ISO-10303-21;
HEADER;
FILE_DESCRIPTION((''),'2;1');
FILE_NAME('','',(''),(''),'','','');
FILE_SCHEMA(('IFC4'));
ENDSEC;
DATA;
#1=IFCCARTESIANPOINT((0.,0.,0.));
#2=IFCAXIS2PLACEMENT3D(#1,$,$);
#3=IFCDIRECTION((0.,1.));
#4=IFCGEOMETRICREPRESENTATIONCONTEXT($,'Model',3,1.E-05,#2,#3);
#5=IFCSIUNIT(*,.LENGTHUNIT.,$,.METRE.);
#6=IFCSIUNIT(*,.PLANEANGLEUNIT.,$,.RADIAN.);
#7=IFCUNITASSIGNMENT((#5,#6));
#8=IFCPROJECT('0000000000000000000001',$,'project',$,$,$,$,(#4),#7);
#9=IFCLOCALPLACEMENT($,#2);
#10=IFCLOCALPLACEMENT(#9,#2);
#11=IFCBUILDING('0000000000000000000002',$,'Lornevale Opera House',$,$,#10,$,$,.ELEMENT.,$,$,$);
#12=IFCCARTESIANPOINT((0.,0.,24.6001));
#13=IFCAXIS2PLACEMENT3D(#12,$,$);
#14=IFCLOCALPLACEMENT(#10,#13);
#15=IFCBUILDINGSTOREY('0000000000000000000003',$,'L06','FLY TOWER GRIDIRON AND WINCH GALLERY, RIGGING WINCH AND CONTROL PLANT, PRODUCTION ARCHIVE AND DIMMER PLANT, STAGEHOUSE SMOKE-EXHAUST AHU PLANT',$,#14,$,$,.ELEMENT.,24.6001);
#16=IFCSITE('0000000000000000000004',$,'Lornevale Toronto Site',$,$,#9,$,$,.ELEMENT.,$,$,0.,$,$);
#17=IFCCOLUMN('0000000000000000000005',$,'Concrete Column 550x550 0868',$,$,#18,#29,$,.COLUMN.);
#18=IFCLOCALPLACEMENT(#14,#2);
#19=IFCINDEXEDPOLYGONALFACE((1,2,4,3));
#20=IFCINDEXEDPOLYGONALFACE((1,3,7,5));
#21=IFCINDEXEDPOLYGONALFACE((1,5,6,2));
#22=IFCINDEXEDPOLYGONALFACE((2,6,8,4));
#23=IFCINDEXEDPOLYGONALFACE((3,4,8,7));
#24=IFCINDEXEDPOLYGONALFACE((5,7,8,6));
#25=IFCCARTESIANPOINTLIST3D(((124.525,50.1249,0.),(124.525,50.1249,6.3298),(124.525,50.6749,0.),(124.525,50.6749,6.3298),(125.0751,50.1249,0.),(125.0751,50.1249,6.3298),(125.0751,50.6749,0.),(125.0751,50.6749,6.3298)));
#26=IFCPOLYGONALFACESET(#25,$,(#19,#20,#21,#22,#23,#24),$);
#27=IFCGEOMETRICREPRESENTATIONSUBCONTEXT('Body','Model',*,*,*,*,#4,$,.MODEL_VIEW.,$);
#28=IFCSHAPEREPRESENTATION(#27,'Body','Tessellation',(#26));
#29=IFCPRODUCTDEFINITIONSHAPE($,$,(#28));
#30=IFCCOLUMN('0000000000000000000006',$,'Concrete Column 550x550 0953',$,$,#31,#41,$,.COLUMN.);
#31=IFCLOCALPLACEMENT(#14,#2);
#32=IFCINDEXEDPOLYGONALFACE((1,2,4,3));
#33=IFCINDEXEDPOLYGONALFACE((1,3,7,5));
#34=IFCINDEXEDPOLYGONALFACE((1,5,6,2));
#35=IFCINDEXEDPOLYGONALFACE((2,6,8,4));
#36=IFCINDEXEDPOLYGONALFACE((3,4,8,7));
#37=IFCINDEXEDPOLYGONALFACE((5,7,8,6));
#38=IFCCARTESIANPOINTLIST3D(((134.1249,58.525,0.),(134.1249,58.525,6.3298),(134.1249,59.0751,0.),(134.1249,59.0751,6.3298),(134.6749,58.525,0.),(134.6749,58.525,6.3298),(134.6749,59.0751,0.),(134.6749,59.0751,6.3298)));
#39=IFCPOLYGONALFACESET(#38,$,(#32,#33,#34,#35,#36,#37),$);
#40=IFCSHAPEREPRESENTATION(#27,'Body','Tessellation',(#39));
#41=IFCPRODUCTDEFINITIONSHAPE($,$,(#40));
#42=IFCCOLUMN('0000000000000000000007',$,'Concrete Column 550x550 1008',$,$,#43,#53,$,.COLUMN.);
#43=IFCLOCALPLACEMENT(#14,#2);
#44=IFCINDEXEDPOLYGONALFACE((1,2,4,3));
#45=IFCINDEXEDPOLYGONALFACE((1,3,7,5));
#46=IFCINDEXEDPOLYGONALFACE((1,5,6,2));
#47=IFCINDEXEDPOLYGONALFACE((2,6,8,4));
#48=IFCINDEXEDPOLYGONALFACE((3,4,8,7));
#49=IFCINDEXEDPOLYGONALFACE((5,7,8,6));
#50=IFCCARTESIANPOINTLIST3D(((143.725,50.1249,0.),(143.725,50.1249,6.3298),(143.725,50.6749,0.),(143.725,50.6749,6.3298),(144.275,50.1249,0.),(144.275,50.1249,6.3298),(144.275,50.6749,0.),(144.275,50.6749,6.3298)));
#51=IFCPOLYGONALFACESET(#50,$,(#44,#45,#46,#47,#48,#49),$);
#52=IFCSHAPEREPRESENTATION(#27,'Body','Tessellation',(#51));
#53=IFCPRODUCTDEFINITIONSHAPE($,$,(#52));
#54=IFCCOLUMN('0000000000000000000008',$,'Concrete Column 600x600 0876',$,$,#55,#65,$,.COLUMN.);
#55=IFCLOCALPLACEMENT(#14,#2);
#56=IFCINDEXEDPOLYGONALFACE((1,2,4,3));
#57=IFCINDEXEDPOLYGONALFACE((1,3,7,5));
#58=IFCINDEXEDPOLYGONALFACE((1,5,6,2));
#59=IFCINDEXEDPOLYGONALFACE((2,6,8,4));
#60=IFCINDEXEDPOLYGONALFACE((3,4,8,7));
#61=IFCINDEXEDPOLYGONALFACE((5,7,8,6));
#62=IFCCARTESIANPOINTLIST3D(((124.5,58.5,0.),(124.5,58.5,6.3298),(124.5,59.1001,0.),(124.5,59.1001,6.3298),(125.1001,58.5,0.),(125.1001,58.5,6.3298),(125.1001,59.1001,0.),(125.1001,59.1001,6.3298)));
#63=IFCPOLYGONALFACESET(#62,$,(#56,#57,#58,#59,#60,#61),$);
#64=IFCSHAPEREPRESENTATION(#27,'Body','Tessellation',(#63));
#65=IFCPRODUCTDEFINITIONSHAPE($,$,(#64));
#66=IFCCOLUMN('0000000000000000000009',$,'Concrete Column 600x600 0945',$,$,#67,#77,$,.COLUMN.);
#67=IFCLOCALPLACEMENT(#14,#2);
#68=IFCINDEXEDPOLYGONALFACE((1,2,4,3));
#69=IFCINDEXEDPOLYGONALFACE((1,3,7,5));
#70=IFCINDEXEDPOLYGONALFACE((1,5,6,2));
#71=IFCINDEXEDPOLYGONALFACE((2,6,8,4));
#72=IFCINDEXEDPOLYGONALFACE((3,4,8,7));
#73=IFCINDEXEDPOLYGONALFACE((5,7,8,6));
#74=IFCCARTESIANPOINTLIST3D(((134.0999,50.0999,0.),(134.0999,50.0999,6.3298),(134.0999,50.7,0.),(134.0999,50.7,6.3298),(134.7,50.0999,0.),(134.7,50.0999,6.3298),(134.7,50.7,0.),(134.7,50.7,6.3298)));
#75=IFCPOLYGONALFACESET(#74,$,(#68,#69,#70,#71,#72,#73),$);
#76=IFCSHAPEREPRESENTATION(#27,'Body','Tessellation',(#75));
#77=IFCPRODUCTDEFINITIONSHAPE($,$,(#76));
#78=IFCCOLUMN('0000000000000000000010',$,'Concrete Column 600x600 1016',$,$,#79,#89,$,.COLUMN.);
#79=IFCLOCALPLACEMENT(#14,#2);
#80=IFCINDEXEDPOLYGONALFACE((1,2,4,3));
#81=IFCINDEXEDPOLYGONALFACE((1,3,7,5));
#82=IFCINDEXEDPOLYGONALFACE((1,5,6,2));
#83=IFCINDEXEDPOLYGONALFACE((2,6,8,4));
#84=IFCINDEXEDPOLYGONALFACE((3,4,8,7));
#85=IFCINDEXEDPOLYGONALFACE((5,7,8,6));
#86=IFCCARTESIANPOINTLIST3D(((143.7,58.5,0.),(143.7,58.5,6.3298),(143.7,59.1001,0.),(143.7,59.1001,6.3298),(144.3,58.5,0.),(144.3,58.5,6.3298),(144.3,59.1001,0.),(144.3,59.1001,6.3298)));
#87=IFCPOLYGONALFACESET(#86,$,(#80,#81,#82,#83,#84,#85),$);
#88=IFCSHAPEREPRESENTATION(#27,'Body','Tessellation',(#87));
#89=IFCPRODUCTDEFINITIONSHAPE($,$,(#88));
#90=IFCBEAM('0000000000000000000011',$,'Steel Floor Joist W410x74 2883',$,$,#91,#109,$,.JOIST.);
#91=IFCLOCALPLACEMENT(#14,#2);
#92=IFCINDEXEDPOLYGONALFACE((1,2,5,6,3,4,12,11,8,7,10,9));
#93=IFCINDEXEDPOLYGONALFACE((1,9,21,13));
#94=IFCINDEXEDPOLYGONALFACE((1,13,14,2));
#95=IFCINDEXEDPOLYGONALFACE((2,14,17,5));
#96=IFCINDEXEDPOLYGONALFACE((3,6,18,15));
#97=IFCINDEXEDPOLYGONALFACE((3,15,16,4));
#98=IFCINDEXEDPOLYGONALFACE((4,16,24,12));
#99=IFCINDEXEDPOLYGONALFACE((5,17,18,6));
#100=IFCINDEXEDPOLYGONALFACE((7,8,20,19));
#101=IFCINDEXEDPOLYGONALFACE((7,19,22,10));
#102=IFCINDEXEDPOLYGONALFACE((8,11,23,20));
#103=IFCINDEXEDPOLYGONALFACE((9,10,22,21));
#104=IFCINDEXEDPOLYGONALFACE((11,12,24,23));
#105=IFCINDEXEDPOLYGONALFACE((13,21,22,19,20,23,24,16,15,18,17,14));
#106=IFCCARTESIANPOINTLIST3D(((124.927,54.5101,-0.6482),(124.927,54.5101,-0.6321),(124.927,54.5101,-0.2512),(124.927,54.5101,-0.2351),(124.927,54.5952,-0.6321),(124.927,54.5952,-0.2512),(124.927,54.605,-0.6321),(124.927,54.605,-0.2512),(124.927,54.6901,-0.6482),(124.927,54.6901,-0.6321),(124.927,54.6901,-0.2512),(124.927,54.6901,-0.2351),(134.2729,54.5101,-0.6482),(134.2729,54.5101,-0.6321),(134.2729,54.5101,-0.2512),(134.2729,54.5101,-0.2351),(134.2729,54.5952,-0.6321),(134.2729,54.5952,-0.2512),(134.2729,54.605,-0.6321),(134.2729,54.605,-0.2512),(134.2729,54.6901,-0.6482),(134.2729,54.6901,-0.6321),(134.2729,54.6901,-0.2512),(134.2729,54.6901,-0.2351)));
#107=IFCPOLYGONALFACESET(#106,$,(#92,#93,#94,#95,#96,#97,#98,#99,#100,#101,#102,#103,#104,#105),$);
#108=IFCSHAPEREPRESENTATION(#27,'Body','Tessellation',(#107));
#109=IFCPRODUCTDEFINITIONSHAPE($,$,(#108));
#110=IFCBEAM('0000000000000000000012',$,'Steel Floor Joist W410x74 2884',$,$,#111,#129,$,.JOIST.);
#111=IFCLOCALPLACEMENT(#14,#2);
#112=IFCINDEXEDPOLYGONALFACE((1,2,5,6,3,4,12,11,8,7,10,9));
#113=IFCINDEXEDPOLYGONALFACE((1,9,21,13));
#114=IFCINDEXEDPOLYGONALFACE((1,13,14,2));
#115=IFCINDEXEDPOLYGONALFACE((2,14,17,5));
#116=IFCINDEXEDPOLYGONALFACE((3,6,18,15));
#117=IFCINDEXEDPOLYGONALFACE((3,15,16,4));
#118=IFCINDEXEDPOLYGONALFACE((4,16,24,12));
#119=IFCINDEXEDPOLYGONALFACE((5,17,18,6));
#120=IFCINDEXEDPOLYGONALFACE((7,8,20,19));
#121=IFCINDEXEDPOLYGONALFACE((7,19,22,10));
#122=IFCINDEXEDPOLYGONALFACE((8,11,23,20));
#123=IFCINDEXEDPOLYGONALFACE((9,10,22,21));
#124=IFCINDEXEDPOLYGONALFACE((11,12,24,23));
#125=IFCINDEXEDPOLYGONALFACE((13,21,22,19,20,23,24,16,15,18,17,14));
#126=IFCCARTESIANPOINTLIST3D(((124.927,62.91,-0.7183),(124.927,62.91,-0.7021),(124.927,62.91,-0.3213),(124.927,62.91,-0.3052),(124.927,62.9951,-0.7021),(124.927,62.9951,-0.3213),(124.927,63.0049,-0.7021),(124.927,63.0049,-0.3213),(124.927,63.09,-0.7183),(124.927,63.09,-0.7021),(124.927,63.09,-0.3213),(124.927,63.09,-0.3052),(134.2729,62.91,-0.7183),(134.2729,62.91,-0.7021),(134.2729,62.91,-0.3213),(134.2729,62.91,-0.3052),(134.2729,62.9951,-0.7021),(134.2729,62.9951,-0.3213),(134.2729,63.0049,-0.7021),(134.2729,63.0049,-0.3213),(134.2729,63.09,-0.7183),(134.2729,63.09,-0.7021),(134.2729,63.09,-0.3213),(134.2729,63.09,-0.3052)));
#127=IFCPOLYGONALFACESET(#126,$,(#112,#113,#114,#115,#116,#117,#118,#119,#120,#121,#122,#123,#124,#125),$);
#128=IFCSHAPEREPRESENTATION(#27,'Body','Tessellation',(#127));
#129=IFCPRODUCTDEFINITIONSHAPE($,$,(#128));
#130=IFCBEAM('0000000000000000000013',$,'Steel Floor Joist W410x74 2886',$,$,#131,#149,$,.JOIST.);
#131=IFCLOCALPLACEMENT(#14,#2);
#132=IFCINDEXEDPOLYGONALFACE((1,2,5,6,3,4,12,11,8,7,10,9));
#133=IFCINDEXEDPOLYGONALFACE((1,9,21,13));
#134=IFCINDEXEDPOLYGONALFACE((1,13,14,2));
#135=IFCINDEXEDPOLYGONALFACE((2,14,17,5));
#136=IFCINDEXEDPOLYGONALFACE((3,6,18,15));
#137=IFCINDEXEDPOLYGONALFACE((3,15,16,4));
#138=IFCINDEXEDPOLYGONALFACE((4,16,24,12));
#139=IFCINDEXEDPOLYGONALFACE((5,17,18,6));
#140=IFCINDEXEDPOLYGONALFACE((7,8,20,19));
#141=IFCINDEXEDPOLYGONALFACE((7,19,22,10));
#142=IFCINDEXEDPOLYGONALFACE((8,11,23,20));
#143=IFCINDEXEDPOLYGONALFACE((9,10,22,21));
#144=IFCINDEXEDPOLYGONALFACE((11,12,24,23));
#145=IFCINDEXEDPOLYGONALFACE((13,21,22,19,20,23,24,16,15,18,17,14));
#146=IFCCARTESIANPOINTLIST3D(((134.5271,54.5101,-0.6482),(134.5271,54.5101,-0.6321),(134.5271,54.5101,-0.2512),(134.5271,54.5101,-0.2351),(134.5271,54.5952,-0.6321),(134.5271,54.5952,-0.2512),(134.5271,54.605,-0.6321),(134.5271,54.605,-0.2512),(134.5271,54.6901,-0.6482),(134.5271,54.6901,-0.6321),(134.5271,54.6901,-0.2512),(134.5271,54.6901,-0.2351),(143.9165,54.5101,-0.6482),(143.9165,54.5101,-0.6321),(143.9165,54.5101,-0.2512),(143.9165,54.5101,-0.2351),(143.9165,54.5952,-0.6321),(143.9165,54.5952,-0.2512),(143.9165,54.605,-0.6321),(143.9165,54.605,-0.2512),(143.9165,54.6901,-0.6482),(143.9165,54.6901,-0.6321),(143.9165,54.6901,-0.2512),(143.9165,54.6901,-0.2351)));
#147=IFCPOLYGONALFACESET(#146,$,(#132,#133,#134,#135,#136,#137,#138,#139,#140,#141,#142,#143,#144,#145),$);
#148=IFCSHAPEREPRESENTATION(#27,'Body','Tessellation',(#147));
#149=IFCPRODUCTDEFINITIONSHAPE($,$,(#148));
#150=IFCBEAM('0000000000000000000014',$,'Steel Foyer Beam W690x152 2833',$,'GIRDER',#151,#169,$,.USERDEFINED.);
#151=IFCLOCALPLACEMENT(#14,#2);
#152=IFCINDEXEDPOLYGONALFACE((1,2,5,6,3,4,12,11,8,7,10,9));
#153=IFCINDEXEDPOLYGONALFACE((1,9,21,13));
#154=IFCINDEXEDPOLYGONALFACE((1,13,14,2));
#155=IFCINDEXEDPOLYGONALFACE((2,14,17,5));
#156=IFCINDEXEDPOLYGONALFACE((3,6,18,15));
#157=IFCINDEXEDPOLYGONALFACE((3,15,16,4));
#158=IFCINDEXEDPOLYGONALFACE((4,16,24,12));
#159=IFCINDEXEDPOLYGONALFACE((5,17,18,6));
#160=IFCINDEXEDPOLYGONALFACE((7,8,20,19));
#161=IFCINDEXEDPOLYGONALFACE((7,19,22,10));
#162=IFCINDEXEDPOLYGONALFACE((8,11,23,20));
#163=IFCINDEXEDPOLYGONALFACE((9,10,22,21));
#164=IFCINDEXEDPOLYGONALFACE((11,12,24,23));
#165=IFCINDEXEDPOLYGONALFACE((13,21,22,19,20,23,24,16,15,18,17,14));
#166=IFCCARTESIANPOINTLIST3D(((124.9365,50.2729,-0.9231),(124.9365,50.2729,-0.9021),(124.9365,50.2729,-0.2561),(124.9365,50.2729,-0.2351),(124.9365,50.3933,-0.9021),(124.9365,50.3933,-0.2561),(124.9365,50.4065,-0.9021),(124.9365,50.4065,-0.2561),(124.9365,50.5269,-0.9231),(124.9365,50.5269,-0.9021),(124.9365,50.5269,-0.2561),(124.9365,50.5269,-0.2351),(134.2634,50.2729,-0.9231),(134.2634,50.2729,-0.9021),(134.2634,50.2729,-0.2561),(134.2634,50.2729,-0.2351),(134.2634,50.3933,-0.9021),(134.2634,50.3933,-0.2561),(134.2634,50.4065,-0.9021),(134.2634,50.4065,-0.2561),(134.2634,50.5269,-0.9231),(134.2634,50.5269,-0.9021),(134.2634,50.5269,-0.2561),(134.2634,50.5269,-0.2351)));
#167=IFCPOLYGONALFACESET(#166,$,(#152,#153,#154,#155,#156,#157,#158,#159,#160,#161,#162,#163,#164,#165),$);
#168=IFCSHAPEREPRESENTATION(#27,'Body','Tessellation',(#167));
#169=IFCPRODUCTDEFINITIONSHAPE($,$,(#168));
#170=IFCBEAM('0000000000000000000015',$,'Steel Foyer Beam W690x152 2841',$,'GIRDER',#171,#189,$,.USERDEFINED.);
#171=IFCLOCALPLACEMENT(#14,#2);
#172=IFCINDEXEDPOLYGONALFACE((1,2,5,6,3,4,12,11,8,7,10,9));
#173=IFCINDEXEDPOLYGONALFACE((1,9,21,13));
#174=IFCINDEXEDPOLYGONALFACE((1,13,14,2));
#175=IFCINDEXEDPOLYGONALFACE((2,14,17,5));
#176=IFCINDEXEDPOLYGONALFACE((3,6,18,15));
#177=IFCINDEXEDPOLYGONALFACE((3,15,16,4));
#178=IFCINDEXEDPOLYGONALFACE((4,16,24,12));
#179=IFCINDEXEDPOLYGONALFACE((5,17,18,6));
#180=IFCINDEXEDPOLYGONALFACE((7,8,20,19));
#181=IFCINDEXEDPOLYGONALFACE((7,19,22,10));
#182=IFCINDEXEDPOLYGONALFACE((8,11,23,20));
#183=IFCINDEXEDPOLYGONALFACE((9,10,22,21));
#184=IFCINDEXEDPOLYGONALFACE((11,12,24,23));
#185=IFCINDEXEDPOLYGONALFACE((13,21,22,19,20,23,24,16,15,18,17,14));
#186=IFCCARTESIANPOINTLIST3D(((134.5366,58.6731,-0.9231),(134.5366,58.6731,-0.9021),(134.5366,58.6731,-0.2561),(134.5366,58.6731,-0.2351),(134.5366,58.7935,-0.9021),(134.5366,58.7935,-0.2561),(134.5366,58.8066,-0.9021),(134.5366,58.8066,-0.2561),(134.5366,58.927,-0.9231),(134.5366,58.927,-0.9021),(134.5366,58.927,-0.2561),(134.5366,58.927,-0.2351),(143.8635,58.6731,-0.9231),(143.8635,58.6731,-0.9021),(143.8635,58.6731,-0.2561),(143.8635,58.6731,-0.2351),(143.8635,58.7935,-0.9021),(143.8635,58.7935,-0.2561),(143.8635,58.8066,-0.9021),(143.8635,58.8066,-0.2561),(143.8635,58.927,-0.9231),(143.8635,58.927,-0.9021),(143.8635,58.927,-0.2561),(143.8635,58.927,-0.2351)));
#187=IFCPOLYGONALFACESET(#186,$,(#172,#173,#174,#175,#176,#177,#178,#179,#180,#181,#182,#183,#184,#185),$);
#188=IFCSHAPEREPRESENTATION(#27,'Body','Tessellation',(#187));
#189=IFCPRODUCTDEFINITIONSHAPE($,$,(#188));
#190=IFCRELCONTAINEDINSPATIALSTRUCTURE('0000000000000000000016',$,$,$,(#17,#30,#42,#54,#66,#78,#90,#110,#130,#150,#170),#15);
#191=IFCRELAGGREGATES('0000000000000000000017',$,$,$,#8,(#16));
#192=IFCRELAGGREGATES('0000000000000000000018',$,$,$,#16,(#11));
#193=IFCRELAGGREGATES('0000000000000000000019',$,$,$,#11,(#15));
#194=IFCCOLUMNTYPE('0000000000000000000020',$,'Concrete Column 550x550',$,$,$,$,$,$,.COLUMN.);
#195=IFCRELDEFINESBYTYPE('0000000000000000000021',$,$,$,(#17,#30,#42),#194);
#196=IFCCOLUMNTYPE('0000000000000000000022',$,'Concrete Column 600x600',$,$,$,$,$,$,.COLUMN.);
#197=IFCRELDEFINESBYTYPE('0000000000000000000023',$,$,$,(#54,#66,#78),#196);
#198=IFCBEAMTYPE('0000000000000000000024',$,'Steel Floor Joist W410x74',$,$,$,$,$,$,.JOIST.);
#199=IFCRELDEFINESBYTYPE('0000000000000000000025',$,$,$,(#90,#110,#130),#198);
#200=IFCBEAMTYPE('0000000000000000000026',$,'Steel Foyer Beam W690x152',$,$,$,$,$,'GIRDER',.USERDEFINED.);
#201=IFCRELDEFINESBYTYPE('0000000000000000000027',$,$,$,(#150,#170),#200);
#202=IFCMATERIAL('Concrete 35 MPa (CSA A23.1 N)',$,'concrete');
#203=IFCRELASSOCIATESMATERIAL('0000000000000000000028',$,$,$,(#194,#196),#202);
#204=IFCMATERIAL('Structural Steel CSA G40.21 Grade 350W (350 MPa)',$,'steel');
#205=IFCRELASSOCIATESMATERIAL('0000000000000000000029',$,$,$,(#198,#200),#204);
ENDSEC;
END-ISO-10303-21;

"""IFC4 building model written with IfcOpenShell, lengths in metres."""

from ifc_helpers import new_model, si_unit, direction, frame, origin, origin_2d, place, context, subcontext, project, spatial, rectangle, i_section, extrude, material, material_profile, profile_set, type_object, element, save


model = new_model("IFC4")

# Units and contexts
model_context = context("Model", 3, precision=1e-05, world=origin(), true_north=direction((0.0, 1.0)))
body_context = subcontext(model_context, "Body", "Model", "MODEL_VIEW")
ifc_project = project(units=[si_unit("LENGTHUNIT", "METRE"), si_unit("PLANEANGLEUNIT", "RADIAN")], contexts=[model_context])

# Site, building, storey
site_placement = place(None, origin())
site = spatial("IfcSite", under=ifc_project, at=site_placement, Name="Lornevale Toronto Site", CompositionType="ELEMENT", RefElevation=0.0)
building_placement = place(site_placement, origin())
building = spatial("IfcBuilding", under=site, at=building_placement, Name="Lornevale Opera House", CompositionType="ELEMENT")
storey_placement = place(building_placement, frame((0.0, 0.0, 24.6001)))
storey = spatial("IfcBuildingStorey", under=building, at=storey_placement, Name="L06", Description="FLY TOWER GRIDIRON AND WINCH GALLERY, RIGGING WINCH AND CONTROL PLANT, PRODUCTION ARCHIVE AND DIMMER PLANT, STAGEHOUSE SMOKE-EXHAUST AHU PLANT", CompositionType="ELEMENT", Elevation=24.6001)

# Columns
ifc_material_1 = material(Name="Concrete 35 MPa (CSA A23.1 N)", Category="concrete")
ifc_material_profile_1 = material_profile(ifc_material_1, rectangle(XDim=0.55, YDim=0.55, at=origin_2d()), Name="RC550x550")
ifc_profile_set_1 = profile_set([ifc_material_profile_1], Name="Concrete 35 MPa (CSA A23.1 N)")
column_type_1 = type_object("IfcColumnType", Name="Concrete Column 550x550", PredefinedType="COLUMN", material=ifc_profile_set_1)
for number, where, z_axis, x_axis, name in (
    (1, (124.8, 50.3999, 0.0), (0.0, 0.0, 1.0), (1.0, 0.0, 0.0), "Concrete Column 550x550 0868"),
    (2, (134.3999, 58.8, 0.0), (0.0, 0.0, 1.0), (1.0, 0.0, 0.0), "Concrete Column 550x550 0953"),
    (3, (144.0, 50.3999, 0.0), (0.0, 0.0, 1.0), (1.0, 0.0, 0.0), "Concrete Column 550x550 1008"),
):
    element("IfcColumn", number, at=place(storey_placement, frame(where, z_axis=z_axis, x_axis=x_axis)), inside=storey, type_object=column_type_1, Name=name, PredefinedType="COLUMN", context=body_context, shape_type="SweptSolid", body=[
        extrude(rectangle(XDim=0.55, YDim=0.55, at=origin_2d()), origin(), (0.0, 0.0, 1.0), 6.3298),
    ])
ifc_material_profile_2 = material_profile(ifc_material_1, rectangle(XDim=0.6001, YDim=0.6001, at=origin_2d()), Name="RC600x600")
ifc_profile_set_2 = profile_set([ifc_material_profile_2], Name="Concrete 35 MPa (CSA A23.1 N)")
column_type_2 = type_object("IfcColumnType", Name="Concrete Column 600x600", PredefinedType="COLUMN", material=ifc_profile_set_2)
for number, where, z_axis, x_axis, name in (
    (4, (124.8, 58.8, 0.0), (0.0, 0.0, 1.0), (1.0, 0.0, 0.0), "Concrete Column 600x600 0876"),
    (5, (134.3999, 50.3999, 0.0), (0.0, 0.0, 1.0), (1.0, 0.0, 0.0), "Concrete Column 600x600 0945"),
    (6, (144.0, 58.8, 0.0), (0.0, 0.0, 1.0), (1.0, 0.0, 0.0), "Concrete Column 600x600 1016"),
):
    element("IfcColumn", number, at=place(storey_placement, frame(where, z_axis=z_axis, x_axis=x_axis)), inside=storey, type_object=column_type_2, Name=name, PredefinedType="COLUMN", context=body_context, shape_type="SweptSolid", body=[
        extrude(rectangle(XDim=0.6001, YDim=0.6001, at=origin_2d()), origin(), (0.0, 0.0, 1.0), 6.3298),
    ])

# Beams
ifc_material_2 = material(Name="Structural Steel CSA G40.21 Grade 350W (350 MPa)", Category="steel")
ifc_material_profile_3 = material_profile(ifc_material_2, i_section(OverallWidth=0.1799, OverallDepth=0.4131, WebThickness=0.0098, FlangeThickness=0.0161, at=origin_2d()), Name="W410x74")
ifc_profile_set_3 = profile_set([ifc_material_profile_3], Name="Structural Steel CSA G40.21 Grade 350W (350 MPa)")
beam_type_1 = type_object("IfcBeamType", Name="Steel Floor Joist W410x74", PredefinedType="JOIST", material=ifc_profile_set_3)
for number, where, z_axis, x_axis, name in (
    (7, (124.927, 54.6001, -0.4417), (1.0, 0.0, 0.0), (0.0, 1.0, 0.0), "Steel Floor Joist W410x74 2883"),
    (8, (124.927, 63.0, -0.5117), (1.0, 0.0, 0.0), (0.0, 1.0, 0.0), "Steel Floor Joist W410x74 2884"),
):
    element("IfcBeam", number, at=place(storey_placement, frame(where, z_axis=z_axis, x_axis=x_axis)), inside=storey, type_object=beam_type_1, Name=name, PredefinedType="JOIST", context=body_context, shape_type="SweptSolid", body=[
        extrude(i_section(OverallWidth=0.1799, OverallDepth=0.4131, WebThickness=0.0098, FlangeThickness=0.0161, at=origin_2d()), origin(), (0.0, 0.0, 1.0), 9.3459),
    ])
beam_1_placement = place(storey_placement, frame((134.5271, 54.6001, -0.4417), z_axis=(1.0, 0.0, 0.0), x_axis=(0.0, 1.0, 0.0)))
element("IfcBeam", 9, at=beam_1_placement, inside=storey, type_object=beam_type_1, Name="Steel Floor Joist W410x74 2886", PredefinedType="JOIST", context=body_context, shape_type="SweptSolid", body=[
    extrude(i_section(OverallWidth=0.1799, OverallDepth=0.4131, WebThickness=0.0098, FlangeThickness=0.0161, at=origin_2d()), origin(), (0.0, 0.0, 1.0), 9.3894),
])
ifc_material_profile_4 = material_profile(ifc_material_2, i_section(OverallWidth=0.2539, OverallDepth=0.688, WebThickness=0.0132, FlangeThickness=0.021, at=origin_2d()), Name="W690x152")
ifc_profile_set_4 = profile_set([ifc_material_profile_4], Name="Structural Steel CSA G40.21 Grade 350W (350 MPa)")
beam_type_2 = type_object("IfcBeamType", Name="Steel Foyer Beam W690x152", ElementType="GIRDER", PredefinedType="USERDEFINED", material=ifc_profile_set_4)
for number, where, z_axis, x_axis, name in (
    (10, (124.9365, 50.3999, -0.5791), (1.0, 0.0, 0.0), (0.0, 1.0, 0.0), "Steel Foyer Beam W690x152 2833"),
    (11, (134.5366, 58.8, -0.5791), (1.0, 0.0, 0.0), (0.0, 1.0, 0.0), "Steel Foyer Beam W690x152 2841"),
):
    element("IfcBeam", number, at=place(storey_placement, frame(where, z_axis=z_axis, x_axis=x_axis)), inside=storey, type_object=beam_type_2, Name=name, ObjectType="GIRDER", PredefinedType="USERDEFINED", context=body_context, shape_type="SweptSolid", body=[
        extrude(i_section(OverallWidth=0.2539, OverallDepth=0.688, WebThickness=0.0132, FlangeThickness=0.021, at=origin_2d()), origin(), (0.0, 0.0, 1.0), 9.3269),
    ])

save(model, "model.ifc")
